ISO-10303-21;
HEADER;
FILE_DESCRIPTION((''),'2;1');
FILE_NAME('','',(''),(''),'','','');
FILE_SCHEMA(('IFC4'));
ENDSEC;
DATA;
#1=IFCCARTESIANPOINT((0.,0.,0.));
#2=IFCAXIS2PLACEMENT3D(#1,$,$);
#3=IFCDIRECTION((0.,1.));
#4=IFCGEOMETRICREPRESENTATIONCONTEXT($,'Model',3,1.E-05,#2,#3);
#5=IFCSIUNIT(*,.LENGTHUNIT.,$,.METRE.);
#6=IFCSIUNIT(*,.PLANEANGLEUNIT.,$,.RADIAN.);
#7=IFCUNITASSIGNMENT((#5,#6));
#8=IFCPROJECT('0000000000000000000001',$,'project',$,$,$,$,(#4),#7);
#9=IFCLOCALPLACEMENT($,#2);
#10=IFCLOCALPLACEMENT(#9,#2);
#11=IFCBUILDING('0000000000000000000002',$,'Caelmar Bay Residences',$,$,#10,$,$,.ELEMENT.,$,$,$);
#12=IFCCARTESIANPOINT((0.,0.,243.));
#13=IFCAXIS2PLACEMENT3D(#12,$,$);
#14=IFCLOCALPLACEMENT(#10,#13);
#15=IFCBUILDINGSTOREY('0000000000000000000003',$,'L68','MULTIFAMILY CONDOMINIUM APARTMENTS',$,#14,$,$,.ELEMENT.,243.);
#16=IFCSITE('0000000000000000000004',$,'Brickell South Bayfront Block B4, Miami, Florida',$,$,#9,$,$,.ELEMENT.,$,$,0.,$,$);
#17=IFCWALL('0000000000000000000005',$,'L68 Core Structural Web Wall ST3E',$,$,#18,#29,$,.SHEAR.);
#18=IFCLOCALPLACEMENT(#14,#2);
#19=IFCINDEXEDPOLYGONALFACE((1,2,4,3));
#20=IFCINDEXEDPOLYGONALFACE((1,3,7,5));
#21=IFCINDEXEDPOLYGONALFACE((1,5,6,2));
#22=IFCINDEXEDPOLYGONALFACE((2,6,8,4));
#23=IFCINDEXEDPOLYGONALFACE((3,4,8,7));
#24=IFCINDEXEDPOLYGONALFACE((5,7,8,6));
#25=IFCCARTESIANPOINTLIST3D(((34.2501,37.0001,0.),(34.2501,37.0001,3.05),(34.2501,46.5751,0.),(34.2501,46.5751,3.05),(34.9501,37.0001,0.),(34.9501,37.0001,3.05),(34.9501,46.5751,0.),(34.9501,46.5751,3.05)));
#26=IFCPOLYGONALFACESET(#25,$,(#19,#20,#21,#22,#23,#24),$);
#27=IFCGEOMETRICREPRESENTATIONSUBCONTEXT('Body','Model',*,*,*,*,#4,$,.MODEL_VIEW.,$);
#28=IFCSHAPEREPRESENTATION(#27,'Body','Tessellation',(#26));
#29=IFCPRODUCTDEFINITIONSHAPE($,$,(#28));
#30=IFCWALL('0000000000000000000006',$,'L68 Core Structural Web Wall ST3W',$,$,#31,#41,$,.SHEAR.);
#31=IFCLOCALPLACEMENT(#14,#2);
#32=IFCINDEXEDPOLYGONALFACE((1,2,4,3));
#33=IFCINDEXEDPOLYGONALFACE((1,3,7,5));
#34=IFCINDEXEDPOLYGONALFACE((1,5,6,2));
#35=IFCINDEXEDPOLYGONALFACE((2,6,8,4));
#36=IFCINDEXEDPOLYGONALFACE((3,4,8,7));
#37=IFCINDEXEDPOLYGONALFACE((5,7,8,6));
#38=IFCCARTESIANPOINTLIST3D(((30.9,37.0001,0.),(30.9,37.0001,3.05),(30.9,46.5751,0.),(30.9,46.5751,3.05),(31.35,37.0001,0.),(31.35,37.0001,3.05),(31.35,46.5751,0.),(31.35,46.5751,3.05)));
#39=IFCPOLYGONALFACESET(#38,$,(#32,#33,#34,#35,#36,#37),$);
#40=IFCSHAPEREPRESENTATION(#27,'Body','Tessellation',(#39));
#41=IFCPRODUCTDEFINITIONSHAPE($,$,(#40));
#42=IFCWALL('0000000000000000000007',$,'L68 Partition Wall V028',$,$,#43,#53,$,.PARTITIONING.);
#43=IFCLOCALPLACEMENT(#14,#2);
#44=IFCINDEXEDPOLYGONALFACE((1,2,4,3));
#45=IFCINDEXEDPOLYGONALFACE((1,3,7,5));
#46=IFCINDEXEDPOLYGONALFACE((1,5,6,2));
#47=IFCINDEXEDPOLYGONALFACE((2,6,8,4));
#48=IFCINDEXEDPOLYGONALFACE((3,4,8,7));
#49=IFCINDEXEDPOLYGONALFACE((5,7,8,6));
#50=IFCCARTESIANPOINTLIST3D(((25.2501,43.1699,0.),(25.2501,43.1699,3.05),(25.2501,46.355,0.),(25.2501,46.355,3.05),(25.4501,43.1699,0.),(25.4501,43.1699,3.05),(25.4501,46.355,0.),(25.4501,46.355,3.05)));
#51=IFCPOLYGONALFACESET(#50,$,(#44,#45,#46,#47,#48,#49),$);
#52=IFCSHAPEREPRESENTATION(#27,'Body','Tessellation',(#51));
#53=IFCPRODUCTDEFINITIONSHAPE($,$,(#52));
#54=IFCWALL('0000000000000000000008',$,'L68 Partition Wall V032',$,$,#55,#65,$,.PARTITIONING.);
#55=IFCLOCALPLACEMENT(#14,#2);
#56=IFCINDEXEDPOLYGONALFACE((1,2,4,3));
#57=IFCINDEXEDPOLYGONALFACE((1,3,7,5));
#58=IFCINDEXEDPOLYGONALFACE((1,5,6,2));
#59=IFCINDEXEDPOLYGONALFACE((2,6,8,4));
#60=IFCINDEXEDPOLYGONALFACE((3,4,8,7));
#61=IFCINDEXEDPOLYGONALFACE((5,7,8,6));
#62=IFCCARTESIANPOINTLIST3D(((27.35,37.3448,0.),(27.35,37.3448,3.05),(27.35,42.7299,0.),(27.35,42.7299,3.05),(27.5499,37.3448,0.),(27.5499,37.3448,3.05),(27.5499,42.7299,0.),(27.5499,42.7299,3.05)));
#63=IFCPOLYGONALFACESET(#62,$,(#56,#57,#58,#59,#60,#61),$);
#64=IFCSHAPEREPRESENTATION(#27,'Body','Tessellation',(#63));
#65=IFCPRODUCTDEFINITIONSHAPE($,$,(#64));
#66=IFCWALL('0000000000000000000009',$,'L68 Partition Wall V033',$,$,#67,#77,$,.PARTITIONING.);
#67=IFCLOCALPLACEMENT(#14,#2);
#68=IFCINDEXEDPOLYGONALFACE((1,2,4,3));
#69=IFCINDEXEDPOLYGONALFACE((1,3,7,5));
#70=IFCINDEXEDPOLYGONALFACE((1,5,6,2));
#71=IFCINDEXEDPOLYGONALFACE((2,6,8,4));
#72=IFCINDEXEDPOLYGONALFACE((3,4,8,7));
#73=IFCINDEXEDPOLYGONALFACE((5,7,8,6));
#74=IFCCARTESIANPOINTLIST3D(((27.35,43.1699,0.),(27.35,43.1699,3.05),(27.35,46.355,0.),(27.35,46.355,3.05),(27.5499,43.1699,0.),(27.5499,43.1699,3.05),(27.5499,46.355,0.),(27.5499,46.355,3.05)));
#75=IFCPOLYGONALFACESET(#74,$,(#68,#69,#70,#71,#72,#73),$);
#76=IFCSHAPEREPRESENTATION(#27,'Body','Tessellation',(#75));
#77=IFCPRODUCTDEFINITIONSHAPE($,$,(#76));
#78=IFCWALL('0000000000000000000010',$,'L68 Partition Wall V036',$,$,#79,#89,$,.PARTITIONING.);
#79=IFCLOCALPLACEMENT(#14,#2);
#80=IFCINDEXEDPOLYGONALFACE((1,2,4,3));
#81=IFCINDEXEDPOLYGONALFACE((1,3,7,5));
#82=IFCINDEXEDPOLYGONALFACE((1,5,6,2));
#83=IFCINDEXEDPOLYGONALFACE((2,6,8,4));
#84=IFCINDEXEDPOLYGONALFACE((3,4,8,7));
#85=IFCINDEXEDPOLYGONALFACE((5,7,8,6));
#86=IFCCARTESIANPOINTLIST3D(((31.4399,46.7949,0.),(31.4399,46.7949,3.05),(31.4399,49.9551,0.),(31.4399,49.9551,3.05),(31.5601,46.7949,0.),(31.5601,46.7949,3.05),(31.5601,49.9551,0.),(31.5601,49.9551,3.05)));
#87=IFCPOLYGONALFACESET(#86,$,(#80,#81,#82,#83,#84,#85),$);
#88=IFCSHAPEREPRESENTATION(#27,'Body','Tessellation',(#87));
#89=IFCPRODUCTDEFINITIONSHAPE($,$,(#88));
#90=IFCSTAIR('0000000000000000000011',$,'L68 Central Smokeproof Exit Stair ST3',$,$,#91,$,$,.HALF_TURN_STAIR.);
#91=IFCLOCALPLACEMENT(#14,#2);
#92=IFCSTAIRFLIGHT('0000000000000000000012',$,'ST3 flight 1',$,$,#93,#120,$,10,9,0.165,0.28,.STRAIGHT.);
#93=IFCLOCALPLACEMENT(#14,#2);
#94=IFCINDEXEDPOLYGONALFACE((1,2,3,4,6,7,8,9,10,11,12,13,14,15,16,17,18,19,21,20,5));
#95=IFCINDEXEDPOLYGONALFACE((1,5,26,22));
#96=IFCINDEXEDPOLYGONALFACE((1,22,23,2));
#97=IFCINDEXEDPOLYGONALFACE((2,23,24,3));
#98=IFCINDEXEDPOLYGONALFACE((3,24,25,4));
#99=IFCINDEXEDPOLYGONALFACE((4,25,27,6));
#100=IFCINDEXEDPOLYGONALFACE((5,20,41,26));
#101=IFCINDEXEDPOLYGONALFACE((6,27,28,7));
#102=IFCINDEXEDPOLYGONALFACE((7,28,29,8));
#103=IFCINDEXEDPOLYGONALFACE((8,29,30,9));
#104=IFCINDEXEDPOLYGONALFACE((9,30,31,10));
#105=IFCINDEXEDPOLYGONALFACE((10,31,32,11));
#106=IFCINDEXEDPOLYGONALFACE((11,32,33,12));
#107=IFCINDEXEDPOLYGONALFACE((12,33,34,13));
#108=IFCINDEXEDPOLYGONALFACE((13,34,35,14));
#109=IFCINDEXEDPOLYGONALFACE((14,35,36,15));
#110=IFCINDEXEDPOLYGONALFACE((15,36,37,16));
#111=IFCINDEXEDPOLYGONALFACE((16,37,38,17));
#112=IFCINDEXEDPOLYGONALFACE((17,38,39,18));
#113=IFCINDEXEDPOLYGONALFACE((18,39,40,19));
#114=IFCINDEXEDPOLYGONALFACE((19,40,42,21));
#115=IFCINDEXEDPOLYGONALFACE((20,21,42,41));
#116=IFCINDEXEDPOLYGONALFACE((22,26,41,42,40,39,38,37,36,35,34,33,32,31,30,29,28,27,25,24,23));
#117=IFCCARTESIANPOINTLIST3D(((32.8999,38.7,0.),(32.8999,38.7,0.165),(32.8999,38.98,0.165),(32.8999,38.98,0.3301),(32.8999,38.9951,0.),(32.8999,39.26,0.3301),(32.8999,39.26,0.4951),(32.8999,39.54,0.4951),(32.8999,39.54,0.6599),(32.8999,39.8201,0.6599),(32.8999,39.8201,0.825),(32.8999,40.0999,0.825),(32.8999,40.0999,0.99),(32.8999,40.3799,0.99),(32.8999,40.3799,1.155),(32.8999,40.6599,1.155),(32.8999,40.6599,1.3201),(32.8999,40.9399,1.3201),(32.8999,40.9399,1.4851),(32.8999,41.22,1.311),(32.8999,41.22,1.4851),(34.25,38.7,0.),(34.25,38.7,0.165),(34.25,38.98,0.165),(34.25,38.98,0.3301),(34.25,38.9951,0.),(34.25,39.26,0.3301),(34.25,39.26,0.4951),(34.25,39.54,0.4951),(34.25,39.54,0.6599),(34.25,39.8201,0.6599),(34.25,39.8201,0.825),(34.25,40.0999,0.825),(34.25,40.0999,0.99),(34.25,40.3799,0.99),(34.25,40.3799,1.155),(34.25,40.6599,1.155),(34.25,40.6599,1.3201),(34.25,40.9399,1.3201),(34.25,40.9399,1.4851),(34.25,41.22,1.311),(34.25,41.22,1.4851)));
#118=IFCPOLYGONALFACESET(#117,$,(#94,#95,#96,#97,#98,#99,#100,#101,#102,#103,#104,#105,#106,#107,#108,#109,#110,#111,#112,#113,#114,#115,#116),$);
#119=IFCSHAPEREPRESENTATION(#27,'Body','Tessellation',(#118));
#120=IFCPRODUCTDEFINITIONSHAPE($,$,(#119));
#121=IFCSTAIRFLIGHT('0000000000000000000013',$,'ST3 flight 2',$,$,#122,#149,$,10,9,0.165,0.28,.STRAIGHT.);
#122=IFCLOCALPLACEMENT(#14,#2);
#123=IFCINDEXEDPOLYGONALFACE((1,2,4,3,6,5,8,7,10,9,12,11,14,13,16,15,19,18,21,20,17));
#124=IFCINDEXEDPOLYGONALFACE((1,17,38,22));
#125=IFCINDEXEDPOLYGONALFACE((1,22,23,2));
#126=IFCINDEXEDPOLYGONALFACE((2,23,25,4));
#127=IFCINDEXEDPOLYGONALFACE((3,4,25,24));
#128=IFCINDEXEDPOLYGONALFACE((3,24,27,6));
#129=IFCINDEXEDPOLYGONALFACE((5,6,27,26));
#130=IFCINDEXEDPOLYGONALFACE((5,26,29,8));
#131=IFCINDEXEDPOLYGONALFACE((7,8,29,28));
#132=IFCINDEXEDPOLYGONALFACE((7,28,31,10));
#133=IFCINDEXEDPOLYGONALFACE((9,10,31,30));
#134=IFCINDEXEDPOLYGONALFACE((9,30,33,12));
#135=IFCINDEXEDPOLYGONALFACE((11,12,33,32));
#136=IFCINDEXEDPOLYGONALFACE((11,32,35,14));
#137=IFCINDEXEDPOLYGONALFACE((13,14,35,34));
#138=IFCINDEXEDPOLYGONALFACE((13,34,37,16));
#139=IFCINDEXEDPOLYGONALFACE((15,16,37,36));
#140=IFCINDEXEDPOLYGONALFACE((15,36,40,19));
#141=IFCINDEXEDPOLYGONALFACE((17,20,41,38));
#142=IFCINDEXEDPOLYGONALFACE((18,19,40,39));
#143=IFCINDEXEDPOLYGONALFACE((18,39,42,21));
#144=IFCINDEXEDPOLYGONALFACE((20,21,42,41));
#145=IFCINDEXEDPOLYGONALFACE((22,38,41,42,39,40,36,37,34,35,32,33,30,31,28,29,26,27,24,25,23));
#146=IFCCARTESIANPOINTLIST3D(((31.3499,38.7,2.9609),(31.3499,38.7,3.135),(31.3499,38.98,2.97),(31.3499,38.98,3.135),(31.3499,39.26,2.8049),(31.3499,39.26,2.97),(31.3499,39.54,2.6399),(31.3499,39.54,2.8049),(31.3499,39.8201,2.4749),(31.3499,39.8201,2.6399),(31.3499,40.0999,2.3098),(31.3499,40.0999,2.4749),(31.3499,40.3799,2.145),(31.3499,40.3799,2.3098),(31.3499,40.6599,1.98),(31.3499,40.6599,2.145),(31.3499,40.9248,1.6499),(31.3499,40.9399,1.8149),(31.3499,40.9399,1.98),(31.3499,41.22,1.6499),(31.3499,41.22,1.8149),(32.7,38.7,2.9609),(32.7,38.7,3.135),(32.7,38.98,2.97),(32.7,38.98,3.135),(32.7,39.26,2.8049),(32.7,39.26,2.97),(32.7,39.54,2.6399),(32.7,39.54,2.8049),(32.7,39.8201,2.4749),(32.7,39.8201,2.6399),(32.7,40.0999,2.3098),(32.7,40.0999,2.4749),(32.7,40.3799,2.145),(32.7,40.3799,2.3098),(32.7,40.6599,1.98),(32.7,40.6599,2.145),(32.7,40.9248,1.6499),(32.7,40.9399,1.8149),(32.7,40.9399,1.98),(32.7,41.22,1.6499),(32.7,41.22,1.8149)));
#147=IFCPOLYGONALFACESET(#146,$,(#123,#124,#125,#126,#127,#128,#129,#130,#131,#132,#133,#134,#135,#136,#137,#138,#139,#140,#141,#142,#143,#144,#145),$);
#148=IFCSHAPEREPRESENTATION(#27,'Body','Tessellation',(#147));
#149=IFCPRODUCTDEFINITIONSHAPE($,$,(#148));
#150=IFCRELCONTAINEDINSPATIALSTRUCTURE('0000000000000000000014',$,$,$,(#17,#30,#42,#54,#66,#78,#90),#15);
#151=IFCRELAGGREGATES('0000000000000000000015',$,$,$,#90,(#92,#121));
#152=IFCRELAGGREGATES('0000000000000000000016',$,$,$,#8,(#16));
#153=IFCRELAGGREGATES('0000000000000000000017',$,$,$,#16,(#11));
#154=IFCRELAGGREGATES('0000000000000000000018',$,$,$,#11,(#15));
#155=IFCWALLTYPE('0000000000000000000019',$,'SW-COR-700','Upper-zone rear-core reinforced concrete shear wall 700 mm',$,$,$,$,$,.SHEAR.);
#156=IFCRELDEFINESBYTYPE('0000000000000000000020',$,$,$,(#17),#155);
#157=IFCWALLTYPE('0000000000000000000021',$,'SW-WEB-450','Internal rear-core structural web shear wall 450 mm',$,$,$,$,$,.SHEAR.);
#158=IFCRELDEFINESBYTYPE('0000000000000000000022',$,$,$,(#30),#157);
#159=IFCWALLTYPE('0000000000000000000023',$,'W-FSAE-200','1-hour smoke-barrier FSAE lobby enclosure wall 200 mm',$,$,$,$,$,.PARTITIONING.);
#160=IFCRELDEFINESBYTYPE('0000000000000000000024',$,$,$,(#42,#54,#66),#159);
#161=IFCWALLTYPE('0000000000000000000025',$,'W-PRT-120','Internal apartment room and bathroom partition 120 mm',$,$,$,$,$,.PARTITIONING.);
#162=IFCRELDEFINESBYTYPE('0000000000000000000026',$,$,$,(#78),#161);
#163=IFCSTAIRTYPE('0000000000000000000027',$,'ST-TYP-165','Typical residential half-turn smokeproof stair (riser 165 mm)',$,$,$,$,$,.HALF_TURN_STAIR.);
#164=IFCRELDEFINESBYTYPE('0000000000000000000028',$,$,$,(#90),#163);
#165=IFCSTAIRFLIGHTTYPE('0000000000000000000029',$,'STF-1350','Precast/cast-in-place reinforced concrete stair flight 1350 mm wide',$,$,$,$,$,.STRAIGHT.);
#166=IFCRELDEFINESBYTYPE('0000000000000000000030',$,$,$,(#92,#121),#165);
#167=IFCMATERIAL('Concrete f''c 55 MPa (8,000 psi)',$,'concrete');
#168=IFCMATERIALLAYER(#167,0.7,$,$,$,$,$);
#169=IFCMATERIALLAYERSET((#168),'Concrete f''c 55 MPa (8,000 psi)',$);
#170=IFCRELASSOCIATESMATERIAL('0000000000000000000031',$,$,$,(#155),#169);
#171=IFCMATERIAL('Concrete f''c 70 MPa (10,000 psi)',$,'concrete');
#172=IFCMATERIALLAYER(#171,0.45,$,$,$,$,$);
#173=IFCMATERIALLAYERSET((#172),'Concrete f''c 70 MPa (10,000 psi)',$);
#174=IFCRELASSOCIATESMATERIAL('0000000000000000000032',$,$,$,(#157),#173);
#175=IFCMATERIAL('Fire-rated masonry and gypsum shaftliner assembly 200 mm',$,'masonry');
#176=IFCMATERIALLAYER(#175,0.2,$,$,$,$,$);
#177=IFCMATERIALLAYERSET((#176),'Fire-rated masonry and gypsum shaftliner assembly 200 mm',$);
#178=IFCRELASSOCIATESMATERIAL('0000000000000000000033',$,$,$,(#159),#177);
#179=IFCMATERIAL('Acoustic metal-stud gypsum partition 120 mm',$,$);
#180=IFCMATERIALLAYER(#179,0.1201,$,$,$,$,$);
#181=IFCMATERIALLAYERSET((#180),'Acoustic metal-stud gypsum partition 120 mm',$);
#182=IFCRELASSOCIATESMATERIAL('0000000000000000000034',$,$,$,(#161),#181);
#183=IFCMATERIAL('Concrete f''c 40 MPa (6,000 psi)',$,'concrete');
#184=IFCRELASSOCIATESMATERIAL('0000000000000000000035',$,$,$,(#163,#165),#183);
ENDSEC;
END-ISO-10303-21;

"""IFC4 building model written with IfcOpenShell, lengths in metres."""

from ifc_helpers import new_model, si_unit, direction, frame, frame_2d, origin, place, context, subcontext, project, spatial, polyline, rectangle, outline, extrude, material, layer, layer_set, type_object, element, aggregate, save


model = new_model("IFC4")

# Units and contexts
model_context = context("Model", 3, precision=1e-05, world=origin(), true_north=direction((0.0, 1.0)))
body_context = subcontext(model_context, "Body", "Model", "MODEL_VIEW")
ifc_project = project(units=[si_unit("LENGTHUNIT", "METRE"), si_unit("PLANEANGLEUNIT", "RADIAN")], contexts=[model_context])

# Site, building, storey
site_placement = place(None, origin())
site = spatial("IfcSite", under=ifc_project, at=site_placement, Name="Brickell South Bayfront Block B4, Miami, Florida", CompositionType="ELEMENT", RefElevation=0.0)
building_placement = place(site_placement, origin())
building = spatial("IfcBuilding", under=site, at=building_placement, Name="Caelmar Bay Residences", CompositionType="ELEMENT")
storey_placement = place(building_placement, frame((0.0, 0.0, 243.0)))
storey = spatial("IfcBuildingStorey", under=building, at=storey_placement, Name="L68", Description="MULTIFAMILY CONDOMINIUM APARTMENTS", CompositionType="ELEMENT", Elevation=243.0)

# Walls
ifc_material_1 = material(Name="Concrete f'c 55 MPa (8,000 psi)", Category="concrete")
ifc_layer_1 = layer(ifc_material_1, 0.7)
ifc_layer_set_1 = layer_set([ifc_layer_1], Name="Concrete f'c 55 MPa (8,000 psi)")
wall_type_1 = type_object("IfcWallType", Name="SW-COR-700", Description="Upper-zone rear-core reinforced concrete shear wall 700 mm", PredefinedType="SHEAR", material=ifc_layer_set_1)
wall_1_placement = place(storey_placement, frame((34.6001, 37.0, 0.0), z_axis=(0.0, 0.0, 1.0), x_axis=(0.0, 1.0, 0.0)))
element("IfcWall", 1, at=wall_1_placement, inside=storey, type_object=wall_type_1, Name="L68 Core Structural Web Wall ST3E", PredefinedType="SHEAR", context=body_context, shape_type="SweptSolid", body=[
    extrude(rectangle(XDim=9.575, YDim=0.7, at=frame_2d((4.7876, 0.0))), origin(), (0.0, 0.0, 1.0), 3.05),
])
ifc_material_2 = material(Name="Concrete f'c 70 MPa (10,000 psi)", Category="concrete")
ifc_layer_2 = layer(ifc_material_2, 0.45)
ifc_layer_set_2 = layer_set([ifc_layer_2], Name="Concrete f'c 70 MPa (10,000 psi)")
wall_type_2 = type_object("IfcWallType", Name="SW-WEB-450", Description="Internal rear-core structural web shear wall 450 mm", PredefinedType="SHEAR", material=ifc_layer_set_2)
wall_2_placement = place(storey_placement, frame((31.125, 37.0, 0.0), z_axis=(0.0, 0.0, 1.0), x_axis=(0.0, 1.0, 0.0)))
element("IfcWall", 2, at=wall_2_placement, inside=storey, type_object=wall_type_2, Name="L68 Core Structural Web Wall ST3W", PredefinedType="SHEAR", context=body_context, shape_type="SweptSolid", body=[
    extrude(rectangle(XDim=9.575, YDim=0.45, at=frame_2d((4.7876, 0.0))), origin(), (0.0, 0.0, 1.0), 3.05),
])
ifc_material_3 = material(Name="Fire-rated masonry and gypsum shaftliner assembly 200 mm", Category="masonry")
ifc_layer_3 = layer(ifc_material_3, 0.2)
ifc_layer_set_3 = layer_set([ifc_layer_3], Name="Fire-rated masonry and gypsum shaftliner assembly 200 mm")
wall_type_3 = type_object("IfcWallType", Name="W-FSAE-200", Description="1-hour smoke-barrier FSAE lobby enclosure wall 200 mm", PredefinedType="PARTITIONING", material=ifc_layer_set_3)
wall_3_placement = place(storey_placement, frame((25.3501, 43.1699, 0.0), z_axis=(0.0, 0.0, 1.0), x_axis=(0.0, 1.0, 0.0)))
element("IfcWall", 3, at=wall_3_placement, inside=storey, type_object=wall_type_3, Name="L68 Partition Wall V028", PredefinedType="PARTITIONING", context=body_context, shape_type="SweptSolid", body=[
    extrude(rectangle(XDim=3.1851, YDim=0.2, at=frame_2d((1.5925, 0.0))), origin(), (0.0, 0.0, 1.0), 3.05),
])
wall_4_placement = place(storey_placement, frame((27.45, 37.345, 0.0), z_axis=(0.0, 0.0, 1.0), x_axis=(0.0, 1.0, 0.0)))
element("IfcWall", 4, at=wall_4_placement, inside=storey, type_object=wall_type_3, Name="L68 Partition Wall V032", PredefinedType="PARTITIONING", context=body_context, shape_type="SweptSolid", body=[
    extrude(rectangle(XDim=5.385, YDim=0.2, at=frame_2d((2.6924, 0.0))), origin(), (0.0, 0.0, 1.0), 3.05),
])
wall_5_placement = place(storey_placement, frame((27.45, 43.1699, 0.0), z_axis=(0.0, 0.0, 1.0), x_axis=(0.0, 1.0, 0.0)))
element("IfcWall", 5, at=wall_5_placement, inside=storey, type_object=wall_type_3, Name="L68 Partition Wall V033", PredefinedType="PARTITIONING", context=body_context, shape_type="SweptSolid", body=[
    extrude(rectangle(XDim=3.1851, YDim=0.2, at=frame_2d((1.5925, 0.0))), origin(), (0.0, 0.0, 1.0), 3.05),
])
ifc_material_4 = material(Name="Acoustic metal-stud gypsum partition 120 mm")
ifc_layer_4 = layer(ifc_material_4, 0.1201)
ifc_layer_set_4 = layer_set([ifc_layer_4], Name="Acoustic metal-stud gypsum partition 120 mm")
wall_type_4 = type_object("IfcWallType", Name="W-PRT-120", Description="Internal apartment room and bathroom partition 120 mm", PredefinedType="PARTITIONING", material=ifc_layer_set_4)
wall_6_placement = place(storey_placement, frame((31.5, 46.7949, 0.0), z_axis=(0.0, 0.0, 1.0), x_axis=(0.0, 1.0, 0.0)))
element("IfcWall", 6, at=wall_6_placement, inside=storey, type_object=wall_type_4, Name="L68 Partition Wall V036", PredefinedType="PARTITIONING", context=body_context, shape_type="SweptSolid", body=[
    extrude(rectangle(XDim=3.1602, YDim=0.1201, at=frame_2d((1.5801, 0.0))), origin(), (0.0, 0.0, 1.0), 3.05),
])

# Stair, stair flights
ifc_material_5 = material(Name="Concrete f'c 40 MPa (6,000 psi)", Category="concrete")
stair_type = type_object("IfcStairType", Name="ST-TYP-165", Description="Typical residential half-turn smokeproof stair (riser 165 mm)", PredefinedType="HALF_TURN_STAIR", material=ifc_material_5)
stair_placement = place(storey_placement, origin())
stair = element("IfcStair", 7, at=stair_placement, inside=storey, type_object=stair_type, Name="L68 Central Smokeproof Exit Stair ST3", PredefinedType="HALF_TURN_STAIR")
stair_flight_type = type_object("IfcStairFlightType", Name="STF-1350", Description="Precast/cast-in-place reinforced concrete stair flight 1350 mm wide", PredefinedType="STRAIGHT", material=ifc_material_5)
stair_flight_1_placement = place(storey_placement, frame((33.575, 38.7, 0.0), z_axis=(0.0, 0.0, 1.0), x_axis=(0.0, 1.0, 0.0)))
stair_flight_1 = element("IfcStairFlight", 8, at=stair_flight_1_placement, type_object=stair_flight_type, Name="ST3 flight 1", NumberOfRisers=10, NumberOfTreads=9, PredefinedType="STRAIGHT", RiserHeight=0.165, TreadLength=0.28, context=body_context, shape_type="SweptSolid", body=[
    extrude(outline(polyline([(0.0, 0.0), (0.0, 0.165), (0.28, 0.165), (0.28, 0.3301), (0.5601, 0.3301), (0.5601, 0.4951), (0.8401, 0.4951), (0.8401, 0.6599), (1.1201, 0.6599), (1.1201, 0.825), (1.3999, 0.825), (1.3999, 0.99), (1.6799, 0.99), (1.6799, 1.155), (1.96, 1.155), (1.96, 1.3201), (2.24, 1.3201), (2.24, 1.4851), (2.52, 1.4851), (2.52, 1.6499), (2.52, 1.311), (0.2952, 0.0), (0.0, 0.0)])), frame((0.0, 0.675, 0.0), z_axis=(0.0, -1.0, 0.0), x_axis=(1.0, 0.0, 0.0)), (0.0, 0.0, 1.0), 1.3501),
])
stair_flight_2_placement = place(storey_placement, frame((32.0249, 41.22, 1.6499), z_axis=(0.0, 0.0, 1.0), x_axis=(0.0, -1.0, 0.0)))
stair_flight_2 = element("IfcStairFlight", 9, at=stair_flight_2_placement, type_object=stair_flight_type, Name="ST3 flight 2", NumberOfRisers=10, NumberOfTreads=9, PredefinedType="STRAIGHT", RiserHeight=0.165, TreadLength=0.28, context=body_context, shape_type="SweptSolid", body=[
    extrude(outline(polyline([(0.0, 0.0), (0.0, 0.165), (0.28, 0.165), (0.28, 0.3301), (0.5601, 0.3301), (0.5601, 0.4951), (0.8401, 0.4951), (0.8401, 0.6599), (1.1201, 0.6599), (1.1201, 0.825), (1.3999, 0.825), (1.3999, 0.99), (1.6799, 0.99), (1.6799, 1.155), (1.96, 1.155), (1.96, 1.3201), (2.24, 1.3201), (2.24, 1.4851), (2.52, 1.4851), (2.52, 1.6499), (2.52, 1.311), (0.2952, 0.0), (0.0, 0.0)])), frame((0.0, 0.675, 0.0), z_axis=(0.0, -1.0, 0.0), x_axis=(1.0, 0.0, 0.0)), (0.0, 0.0, 1.0), 1.3501),
])
aggregate(stair, [stair_flight_1, stair_flight_2])

save(model, "model.ifc")
